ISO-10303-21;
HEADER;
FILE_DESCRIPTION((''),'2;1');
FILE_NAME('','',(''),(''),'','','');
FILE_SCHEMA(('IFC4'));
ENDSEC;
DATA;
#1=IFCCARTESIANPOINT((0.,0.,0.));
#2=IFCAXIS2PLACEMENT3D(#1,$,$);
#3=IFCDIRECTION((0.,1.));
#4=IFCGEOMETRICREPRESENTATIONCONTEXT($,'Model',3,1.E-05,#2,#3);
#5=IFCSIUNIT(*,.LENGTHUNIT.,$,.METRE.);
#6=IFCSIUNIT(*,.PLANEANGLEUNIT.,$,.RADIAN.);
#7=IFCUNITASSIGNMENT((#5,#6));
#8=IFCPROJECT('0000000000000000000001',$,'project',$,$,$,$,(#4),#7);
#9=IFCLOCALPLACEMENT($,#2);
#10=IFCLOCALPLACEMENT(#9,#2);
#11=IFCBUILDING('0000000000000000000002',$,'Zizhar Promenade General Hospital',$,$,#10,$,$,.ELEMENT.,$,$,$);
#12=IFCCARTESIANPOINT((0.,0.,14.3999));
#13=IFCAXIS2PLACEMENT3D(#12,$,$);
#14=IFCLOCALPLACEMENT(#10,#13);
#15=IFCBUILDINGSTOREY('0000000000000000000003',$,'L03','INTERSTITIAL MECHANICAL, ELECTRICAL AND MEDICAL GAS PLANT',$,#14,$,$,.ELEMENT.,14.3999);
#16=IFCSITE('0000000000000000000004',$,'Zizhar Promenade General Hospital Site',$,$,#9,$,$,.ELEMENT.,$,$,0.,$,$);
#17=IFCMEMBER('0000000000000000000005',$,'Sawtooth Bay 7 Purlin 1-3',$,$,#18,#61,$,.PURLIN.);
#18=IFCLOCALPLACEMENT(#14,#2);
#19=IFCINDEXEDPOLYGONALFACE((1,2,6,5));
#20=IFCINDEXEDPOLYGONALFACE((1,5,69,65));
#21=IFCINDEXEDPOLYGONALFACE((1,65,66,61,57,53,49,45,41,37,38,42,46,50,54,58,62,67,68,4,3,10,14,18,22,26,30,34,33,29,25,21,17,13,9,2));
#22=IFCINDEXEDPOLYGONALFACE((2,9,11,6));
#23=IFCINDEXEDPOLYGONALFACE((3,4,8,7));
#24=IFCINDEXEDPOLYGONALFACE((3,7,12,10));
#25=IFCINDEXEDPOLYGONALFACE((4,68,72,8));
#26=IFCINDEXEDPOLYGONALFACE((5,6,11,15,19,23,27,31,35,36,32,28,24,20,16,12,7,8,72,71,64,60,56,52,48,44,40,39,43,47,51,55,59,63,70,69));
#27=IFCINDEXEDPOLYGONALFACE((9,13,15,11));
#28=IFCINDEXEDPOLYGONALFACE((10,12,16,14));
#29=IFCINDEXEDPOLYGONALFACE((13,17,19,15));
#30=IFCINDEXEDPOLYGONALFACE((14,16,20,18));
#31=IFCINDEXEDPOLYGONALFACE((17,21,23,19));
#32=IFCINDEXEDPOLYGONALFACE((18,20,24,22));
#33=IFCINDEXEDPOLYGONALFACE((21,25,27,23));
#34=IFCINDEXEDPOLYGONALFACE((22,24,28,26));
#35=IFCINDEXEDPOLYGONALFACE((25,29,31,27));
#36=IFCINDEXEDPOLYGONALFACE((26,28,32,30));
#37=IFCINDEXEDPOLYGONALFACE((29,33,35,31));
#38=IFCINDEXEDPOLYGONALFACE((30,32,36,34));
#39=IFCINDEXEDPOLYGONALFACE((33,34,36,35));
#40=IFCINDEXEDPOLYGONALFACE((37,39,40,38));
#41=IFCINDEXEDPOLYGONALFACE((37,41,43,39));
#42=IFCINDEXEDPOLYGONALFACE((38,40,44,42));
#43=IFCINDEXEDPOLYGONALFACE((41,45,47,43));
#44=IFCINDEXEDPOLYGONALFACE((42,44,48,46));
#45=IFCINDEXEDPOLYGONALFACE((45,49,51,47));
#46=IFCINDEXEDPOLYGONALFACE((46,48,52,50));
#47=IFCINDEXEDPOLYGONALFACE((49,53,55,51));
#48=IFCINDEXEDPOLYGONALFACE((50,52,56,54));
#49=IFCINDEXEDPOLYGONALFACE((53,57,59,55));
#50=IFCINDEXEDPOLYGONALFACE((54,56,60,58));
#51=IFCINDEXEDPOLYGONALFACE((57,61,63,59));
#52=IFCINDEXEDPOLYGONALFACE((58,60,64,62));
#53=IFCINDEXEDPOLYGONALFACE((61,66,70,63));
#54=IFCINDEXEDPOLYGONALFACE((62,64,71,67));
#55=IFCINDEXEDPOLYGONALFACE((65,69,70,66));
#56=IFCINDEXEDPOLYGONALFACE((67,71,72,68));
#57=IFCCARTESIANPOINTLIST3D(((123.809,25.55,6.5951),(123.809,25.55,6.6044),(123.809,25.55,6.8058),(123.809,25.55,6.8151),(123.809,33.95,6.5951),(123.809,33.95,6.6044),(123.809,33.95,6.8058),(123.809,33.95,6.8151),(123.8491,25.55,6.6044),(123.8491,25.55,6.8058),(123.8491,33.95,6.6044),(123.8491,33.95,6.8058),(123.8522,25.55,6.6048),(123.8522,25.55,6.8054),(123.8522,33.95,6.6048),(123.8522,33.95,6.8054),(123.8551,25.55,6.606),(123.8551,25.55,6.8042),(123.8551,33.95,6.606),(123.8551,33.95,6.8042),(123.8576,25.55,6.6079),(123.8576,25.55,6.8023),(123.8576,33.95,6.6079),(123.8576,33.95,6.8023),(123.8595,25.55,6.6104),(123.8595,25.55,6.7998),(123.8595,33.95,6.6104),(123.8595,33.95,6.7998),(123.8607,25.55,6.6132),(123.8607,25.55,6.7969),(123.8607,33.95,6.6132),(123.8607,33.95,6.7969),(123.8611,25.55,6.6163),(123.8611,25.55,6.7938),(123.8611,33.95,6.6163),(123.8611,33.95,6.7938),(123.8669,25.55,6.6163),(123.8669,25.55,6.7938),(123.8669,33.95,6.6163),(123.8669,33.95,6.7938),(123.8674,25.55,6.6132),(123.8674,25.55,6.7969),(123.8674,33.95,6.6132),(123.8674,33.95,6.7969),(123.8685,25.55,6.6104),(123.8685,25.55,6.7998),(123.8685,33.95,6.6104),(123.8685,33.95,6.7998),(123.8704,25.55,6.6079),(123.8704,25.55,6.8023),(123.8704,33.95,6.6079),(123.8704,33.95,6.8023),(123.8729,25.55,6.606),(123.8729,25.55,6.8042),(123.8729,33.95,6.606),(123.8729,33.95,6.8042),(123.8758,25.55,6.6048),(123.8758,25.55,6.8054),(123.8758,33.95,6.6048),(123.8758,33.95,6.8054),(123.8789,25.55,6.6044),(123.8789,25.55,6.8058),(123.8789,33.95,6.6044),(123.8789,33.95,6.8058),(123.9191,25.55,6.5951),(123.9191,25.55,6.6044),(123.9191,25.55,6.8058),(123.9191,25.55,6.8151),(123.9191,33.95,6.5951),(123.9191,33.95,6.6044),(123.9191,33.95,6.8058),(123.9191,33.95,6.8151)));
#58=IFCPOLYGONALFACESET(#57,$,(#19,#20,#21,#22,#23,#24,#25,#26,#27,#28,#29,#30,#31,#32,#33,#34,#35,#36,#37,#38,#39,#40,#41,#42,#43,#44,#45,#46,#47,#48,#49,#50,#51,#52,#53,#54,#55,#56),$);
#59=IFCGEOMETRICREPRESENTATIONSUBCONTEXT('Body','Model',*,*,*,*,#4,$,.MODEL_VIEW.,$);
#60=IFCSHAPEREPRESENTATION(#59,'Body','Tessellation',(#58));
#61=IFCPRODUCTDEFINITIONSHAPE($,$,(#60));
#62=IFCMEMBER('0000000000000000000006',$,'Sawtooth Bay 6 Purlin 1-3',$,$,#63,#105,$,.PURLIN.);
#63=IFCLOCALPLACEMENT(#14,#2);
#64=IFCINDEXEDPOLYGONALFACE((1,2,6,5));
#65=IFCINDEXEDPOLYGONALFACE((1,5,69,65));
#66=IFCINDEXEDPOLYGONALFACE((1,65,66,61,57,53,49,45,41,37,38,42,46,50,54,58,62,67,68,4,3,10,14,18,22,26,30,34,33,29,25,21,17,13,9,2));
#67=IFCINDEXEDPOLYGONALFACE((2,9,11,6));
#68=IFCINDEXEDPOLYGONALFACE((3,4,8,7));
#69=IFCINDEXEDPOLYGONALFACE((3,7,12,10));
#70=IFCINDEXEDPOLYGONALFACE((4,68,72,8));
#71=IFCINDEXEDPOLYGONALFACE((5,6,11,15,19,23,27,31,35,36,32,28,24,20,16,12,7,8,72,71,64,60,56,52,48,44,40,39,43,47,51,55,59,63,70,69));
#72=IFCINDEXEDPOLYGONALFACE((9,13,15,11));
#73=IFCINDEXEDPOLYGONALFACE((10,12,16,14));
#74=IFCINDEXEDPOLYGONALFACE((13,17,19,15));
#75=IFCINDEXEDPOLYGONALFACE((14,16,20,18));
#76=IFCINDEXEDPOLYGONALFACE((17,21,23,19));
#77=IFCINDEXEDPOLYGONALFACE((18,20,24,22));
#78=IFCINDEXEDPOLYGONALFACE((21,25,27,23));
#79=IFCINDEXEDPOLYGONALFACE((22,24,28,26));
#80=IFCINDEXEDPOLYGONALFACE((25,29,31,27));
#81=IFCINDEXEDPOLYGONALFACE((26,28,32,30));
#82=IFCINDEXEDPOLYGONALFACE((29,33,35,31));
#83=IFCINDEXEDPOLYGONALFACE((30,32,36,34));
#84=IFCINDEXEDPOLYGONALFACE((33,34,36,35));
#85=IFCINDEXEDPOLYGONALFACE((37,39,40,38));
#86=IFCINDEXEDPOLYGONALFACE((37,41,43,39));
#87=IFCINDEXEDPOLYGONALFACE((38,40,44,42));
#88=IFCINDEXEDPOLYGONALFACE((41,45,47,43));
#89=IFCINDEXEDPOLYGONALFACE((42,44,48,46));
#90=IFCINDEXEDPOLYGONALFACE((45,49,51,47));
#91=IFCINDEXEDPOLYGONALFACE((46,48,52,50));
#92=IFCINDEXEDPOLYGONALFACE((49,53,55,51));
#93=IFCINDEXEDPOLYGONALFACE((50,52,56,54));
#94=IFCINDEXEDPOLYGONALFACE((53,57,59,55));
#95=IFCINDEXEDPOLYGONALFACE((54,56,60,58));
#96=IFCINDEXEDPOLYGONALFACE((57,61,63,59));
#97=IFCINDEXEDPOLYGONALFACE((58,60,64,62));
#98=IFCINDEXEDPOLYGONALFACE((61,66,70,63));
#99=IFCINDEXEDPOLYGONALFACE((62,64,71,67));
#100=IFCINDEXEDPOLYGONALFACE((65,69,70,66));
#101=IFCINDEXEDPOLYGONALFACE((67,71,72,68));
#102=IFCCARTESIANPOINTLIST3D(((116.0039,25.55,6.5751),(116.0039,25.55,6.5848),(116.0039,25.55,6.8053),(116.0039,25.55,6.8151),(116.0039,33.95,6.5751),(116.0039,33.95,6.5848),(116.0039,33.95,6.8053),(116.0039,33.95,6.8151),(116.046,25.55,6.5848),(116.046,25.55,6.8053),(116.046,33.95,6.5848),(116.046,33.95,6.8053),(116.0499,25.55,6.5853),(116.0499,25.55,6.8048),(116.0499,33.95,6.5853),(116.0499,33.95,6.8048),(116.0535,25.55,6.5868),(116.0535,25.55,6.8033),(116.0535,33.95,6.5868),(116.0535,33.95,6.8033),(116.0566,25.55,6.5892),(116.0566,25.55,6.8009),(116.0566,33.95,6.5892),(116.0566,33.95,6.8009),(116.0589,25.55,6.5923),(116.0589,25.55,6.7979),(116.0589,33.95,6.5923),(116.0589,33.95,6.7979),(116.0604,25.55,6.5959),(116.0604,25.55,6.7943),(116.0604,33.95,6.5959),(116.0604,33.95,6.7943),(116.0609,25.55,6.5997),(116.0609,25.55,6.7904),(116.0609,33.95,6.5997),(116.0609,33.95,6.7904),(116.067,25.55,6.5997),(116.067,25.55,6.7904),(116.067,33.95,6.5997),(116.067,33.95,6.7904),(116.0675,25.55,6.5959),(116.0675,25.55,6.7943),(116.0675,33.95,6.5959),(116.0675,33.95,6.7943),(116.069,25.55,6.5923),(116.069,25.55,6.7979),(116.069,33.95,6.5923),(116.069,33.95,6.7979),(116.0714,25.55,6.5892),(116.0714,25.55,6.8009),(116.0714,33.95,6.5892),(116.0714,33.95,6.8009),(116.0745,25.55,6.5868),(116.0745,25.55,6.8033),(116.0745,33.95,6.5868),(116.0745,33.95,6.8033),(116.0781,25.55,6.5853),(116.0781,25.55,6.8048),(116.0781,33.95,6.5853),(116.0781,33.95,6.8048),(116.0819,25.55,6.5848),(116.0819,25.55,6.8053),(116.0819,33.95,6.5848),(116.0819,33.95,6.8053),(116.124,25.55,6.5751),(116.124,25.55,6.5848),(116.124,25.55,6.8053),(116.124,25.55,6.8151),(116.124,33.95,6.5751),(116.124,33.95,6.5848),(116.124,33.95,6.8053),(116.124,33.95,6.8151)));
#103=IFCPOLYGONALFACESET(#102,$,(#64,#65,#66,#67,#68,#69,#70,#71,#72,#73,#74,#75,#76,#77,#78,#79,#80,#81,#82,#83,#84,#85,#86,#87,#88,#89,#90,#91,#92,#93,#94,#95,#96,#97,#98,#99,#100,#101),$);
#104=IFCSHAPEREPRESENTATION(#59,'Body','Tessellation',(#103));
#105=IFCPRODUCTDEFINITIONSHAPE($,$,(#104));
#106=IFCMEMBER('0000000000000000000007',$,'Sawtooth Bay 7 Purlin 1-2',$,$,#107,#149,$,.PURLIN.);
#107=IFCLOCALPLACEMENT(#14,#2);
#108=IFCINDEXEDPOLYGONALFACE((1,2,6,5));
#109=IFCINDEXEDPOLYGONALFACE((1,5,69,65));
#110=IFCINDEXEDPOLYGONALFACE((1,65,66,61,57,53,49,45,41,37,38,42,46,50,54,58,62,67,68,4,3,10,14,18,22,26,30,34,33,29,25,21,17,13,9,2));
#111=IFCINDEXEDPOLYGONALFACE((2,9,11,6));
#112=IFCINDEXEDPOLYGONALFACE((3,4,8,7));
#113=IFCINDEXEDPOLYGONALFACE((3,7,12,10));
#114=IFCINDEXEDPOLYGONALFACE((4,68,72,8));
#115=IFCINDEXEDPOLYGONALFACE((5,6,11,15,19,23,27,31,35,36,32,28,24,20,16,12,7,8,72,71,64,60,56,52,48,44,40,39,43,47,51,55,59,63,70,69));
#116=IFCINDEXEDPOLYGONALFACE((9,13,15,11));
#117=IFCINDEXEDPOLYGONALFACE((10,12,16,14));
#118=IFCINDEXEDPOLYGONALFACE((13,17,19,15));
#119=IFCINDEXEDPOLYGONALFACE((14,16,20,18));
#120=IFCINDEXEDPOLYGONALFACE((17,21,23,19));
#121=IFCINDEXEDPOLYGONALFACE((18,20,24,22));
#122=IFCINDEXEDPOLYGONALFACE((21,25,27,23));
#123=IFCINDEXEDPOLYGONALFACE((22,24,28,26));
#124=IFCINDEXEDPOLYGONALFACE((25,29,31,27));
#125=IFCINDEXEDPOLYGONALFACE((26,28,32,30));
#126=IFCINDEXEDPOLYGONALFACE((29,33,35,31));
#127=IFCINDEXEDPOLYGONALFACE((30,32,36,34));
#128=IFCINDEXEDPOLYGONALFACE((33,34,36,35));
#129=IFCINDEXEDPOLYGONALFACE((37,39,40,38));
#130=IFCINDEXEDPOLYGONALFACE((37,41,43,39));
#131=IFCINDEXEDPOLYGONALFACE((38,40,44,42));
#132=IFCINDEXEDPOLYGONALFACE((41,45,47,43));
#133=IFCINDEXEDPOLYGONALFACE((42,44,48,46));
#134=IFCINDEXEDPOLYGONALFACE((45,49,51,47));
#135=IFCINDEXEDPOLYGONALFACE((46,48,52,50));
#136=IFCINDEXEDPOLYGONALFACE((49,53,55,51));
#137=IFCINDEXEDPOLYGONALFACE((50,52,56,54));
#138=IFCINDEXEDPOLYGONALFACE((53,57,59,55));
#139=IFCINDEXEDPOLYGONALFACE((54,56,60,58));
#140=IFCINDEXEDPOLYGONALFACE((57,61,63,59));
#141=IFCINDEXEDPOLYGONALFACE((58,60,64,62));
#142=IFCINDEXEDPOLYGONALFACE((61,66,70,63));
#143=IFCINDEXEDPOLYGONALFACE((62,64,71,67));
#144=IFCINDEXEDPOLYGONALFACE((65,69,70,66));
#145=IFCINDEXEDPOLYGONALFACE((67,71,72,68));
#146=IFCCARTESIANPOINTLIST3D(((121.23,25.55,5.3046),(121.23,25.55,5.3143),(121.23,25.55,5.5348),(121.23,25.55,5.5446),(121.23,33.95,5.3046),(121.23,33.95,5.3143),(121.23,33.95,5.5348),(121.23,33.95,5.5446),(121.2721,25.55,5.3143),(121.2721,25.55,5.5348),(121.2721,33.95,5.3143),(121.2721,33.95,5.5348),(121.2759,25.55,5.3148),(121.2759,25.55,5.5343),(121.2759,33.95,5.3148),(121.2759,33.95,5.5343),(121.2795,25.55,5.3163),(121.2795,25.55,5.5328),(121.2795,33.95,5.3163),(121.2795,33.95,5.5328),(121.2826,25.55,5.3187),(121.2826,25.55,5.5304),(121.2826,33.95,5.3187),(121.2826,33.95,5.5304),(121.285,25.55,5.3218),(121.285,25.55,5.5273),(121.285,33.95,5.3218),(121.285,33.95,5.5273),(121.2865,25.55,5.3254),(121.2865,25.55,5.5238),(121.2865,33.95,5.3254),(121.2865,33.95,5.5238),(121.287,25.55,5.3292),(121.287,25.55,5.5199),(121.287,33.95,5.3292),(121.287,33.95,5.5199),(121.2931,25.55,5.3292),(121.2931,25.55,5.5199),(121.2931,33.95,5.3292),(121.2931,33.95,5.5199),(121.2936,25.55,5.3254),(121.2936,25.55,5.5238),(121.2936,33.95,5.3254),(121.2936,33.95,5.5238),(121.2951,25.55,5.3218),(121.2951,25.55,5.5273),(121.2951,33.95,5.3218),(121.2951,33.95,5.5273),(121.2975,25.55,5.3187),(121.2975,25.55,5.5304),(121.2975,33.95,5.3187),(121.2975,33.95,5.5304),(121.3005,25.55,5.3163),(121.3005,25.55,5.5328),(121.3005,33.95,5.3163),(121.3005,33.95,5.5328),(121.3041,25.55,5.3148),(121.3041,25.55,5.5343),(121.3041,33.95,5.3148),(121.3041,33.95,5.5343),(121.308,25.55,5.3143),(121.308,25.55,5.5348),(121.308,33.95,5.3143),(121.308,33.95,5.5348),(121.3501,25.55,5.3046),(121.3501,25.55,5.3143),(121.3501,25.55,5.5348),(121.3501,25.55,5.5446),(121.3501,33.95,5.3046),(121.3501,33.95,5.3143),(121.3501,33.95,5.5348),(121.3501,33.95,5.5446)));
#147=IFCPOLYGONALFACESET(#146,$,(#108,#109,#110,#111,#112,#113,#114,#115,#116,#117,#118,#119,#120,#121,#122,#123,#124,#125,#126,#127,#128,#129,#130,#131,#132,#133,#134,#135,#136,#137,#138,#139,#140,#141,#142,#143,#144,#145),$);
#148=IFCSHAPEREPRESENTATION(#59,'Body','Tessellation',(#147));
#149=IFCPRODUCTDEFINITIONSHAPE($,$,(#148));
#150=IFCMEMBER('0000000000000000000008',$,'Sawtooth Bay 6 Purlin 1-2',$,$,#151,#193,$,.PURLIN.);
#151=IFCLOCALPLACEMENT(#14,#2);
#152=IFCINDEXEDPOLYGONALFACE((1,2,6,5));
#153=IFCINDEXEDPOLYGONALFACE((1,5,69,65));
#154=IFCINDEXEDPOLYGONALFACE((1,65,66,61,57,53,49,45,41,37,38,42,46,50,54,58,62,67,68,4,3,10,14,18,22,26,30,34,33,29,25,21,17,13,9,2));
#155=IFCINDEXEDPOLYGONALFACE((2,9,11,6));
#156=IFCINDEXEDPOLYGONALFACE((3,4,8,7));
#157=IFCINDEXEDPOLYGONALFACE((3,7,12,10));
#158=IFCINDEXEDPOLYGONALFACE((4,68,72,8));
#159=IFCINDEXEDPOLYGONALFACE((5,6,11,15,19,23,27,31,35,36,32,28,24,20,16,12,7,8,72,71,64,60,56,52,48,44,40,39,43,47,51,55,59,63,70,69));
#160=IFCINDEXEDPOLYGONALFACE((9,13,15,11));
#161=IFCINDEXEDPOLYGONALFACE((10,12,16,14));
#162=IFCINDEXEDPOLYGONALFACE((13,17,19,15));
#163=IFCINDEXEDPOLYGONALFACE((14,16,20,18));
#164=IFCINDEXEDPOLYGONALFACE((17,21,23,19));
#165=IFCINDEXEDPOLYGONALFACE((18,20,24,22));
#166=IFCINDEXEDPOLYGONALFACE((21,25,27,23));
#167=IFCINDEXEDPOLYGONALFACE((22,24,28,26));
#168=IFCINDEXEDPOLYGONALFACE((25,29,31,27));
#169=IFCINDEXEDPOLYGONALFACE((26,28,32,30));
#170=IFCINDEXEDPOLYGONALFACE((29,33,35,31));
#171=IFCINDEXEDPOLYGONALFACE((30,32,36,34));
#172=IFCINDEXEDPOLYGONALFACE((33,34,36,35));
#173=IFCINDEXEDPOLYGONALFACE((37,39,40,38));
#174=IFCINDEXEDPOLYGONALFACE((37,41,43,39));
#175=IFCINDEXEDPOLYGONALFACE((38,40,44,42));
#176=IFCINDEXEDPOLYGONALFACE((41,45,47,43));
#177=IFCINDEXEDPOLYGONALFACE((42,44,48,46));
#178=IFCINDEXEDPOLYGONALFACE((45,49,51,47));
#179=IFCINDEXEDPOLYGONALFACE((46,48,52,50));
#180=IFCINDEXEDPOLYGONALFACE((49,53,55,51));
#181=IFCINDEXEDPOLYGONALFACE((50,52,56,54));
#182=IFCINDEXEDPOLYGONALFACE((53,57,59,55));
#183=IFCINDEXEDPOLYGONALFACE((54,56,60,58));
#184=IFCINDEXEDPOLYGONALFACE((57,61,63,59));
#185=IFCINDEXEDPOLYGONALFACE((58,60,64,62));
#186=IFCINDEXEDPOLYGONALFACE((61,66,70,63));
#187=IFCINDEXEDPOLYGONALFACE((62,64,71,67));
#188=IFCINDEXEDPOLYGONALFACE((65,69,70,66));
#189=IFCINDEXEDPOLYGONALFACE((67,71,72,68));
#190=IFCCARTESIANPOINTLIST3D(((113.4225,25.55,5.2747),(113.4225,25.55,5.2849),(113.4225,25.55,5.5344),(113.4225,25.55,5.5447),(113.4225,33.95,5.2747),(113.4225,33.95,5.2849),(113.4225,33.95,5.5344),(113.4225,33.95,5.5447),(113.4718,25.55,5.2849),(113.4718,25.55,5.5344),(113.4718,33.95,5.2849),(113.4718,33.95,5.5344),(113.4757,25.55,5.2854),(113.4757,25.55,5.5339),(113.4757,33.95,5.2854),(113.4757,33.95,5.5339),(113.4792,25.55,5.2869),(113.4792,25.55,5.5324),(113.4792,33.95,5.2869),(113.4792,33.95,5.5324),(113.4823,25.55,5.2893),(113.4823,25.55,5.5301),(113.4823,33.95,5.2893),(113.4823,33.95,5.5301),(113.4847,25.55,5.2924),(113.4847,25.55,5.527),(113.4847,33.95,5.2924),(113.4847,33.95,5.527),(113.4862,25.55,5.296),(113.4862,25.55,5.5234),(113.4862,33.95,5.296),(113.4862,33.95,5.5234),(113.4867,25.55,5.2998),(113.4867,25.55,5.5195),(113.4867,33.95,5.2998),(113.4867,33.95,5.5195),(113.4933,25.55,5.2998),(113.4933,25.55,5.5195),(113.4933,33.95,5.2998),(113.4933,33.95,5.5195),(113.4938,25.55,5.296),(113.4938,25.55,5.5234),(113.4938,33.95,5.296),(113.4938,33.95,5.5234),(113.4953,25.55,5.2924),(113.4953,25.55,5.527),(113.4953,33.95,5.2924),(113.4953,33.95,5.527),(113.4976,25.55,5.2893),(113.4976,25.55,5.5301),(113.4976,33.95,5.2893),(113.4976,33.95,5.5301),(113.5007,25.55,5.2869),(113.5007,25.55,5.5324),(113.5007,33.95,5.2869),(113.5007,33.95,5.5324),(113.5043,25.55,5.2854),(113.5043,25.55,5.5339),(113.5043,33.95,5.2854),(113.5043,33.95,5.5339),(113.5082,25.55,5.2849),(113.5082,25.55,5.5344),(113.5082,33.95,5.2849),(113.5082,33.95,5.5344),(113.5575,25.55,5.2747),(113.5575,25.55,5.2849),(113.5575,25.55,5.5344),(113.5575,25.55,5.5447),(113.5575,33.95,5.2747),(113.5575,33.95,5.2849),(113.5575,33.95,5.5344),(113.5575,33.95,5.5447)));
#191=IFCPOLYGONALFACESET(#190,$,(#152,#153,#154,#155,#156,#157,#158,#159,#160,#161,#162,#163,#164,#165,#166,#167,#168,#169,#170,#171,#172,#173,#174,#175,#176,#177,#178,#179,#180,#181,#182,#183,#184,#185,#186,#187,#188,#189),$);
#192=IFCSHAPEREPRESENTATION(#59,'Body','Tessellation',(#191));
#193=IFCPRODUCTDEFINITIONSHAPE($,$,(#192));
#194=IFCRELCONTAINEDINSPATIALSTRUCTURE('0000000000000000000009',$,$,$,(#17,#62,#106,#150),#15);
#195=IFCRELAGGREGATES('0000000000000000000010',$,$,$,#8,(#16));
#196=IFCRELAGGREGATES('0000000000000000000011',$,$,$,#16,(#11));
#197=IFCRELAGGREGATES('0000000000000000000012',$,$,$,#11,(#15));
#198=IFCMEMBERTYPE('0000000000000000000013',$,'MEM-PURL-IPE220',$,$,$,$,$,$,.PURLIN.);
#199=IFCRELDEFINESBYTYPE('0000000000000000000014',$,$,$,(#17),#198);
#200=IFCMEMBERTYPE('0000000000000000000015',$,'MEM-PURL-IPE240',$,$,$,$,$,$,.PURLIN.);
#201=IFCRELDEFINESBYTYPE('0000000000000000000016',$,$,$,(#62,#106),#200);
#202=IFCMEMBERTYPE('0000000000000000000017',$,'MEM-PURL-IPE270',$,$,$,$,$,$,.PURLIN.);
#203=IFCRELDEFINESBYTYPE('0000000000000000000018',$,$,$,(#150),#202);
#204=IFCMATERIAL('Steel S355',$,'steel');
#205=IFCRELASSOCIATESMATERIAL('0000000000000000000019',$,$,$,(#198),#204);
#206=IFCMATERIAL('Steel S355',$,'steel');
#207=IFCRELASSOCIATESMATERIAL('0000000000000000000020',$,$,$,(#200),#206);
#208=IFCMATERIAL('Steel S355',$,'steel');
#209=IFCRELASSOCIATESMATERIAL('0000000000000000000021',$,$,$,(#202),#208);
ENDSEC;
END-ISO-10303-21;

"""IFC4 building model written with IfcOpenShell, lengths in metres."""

from ifc_helpers import new_model, si_unit, direction, frame, origin, origin_2d, place, context, subcontext, project, spatial, i_section, extrude, material, material_profile, profile_set, type_object, element, save


model = new_model("IFC4")

# Units and contexts
model_context = context("Model", 3, precision=1e-05, world=origin(), true_north=direction((0.0, 1.0)))
body_context = subcontext(model_context, "Body", "Model", "MODEL_VIEW")
ifc_project = project(units=[si_unit("LENGTHUNIT", "METRE"), si_unit("PLANEANGLEUNIT", "RADIAN")], contexts=[model_context])

# Site, building, storey
site_placement = place(None, origin())
site = spatial("IfcSite", under=ifc_project, at=site_placement, Name="Zizhar Promenade General Hospital Site", CompositionType="ELEMENT", RefElevation=0.0)
building_placement = place(site_placement, origin())
building = spatial("IfcBuilding", under=site, at=building_placement, Name="Zizhar Promenade General Hospital", CompositionType="ELEMENT")
storey_placement = place(building_placement, frame((0.0, 0.0, 14.3999)))
storey = spatial("IfcBuildingStorey", under=building, at=storey_placement, Name="L03", Description="INTERSTITIAL MECHANICAL, ELECTRICAL AND MEDICAL GAS PLANT", CompositionType="ELEMENT", Elevation=14.3999)

# Members
ifc_material_1 = material(Name="Steel S355", Category="steel")
ifc_material_profile_1 = material_profile(ifc_material_1, i_section(OverallWidth=0.1101, OverallDepth=0.22, WebThickness=0.0059, FlangeThickness=0.0093, FilletRadius=0.012, at=origin_2d()))
ifc_profile_set_1 = profile_set([ifc_material_profile_1], Name="Steel S355")
member_type_1 = type_object("IfcMemberType", Name="MEM-PURL-IPE220", PredefinedType="PURLIN", material=ifc_profile_set_1)
member_1_placement = place(storey_placement, frame((123.864, 25.55, 6.7051), z_axis=(0.0, 1.0, 0.0), x_axis=(-1.0, 0.0, 0.0)))
element("IfcMember", 1, at=member_1_placement, inside=storey, type_object=member_type_1, Name="Sawtooth Bay 7 Purlin 1-3", PredefinedType="PURLIN", context=body_context, shape_type="SweptSolid", body=[
    extrude(i_section(OverallWidth=0.1101, OverallDepth=0.22, WebThickness=0.0059, FlangeThickness=0.0093, FilletRadius=0.012, at=origin_2d()), origin(), (0.0, 0.0, 1.0), 8.3999),
])
ifc_material_2 = material(Name="Steel S355", Category="steel")
ifc_material_profile_2 = material_profile(ifc_material_2, i_section(OverallWidth=0.1201, OverallDepth=0.24, WebThickness=0.0061, FlangeThickness=0.0098, FilletRadius=0.0149, at=origin_2d()))
ifc_profile_set_2 = profile_set([ifc_material_profile_2], Name="Steel S355")
member_type_2 = type_object("IfcMemberType", Name="MEM-PURL-IPE240", PredefinedType="PURLIN", material=ifc_profile_set_2)
for number, where, z_axis, x_axis, name in (
    (2, (116.064, 25.55, 6.6951), (0.0, 1.0, 0.0), (-1.0, 0.0, 0.0), "Sawtooth Bay 6 Purlin 1-3"),
    (3, (121.29, 25.55, 5.4246), (0.0, 1.0, 0.0), (-1.0, 0.0, 0.0), "Sawtooth Bay 7 Purlin 1-2"),
):
    element("IfcMember", number, at=place(storey_placement, frame(where, z_axis=z_axis, x_axis=x_axis)), inside=storey, type_object=member_type_2, Name=name, PredefinedType="PURLIN", context=body_context, shape_type="SweptSolid", body=[
        extrude(i_section(OverallWidth=0.1201, OverallDepth=0.24, WebThickness=0.0061, FlangeThickness=0.0098, FilletRadius=0.0149, at=origin_2d()), origin(), (0.0, 0.0, 1.0), 8.3999),
    ])
ifc_material_3 = material(Name="Steel S355", Category="steel")
ifc_material_profile_3 = material_profile(ifc_material_3, i_section(OverallWidth=0.135, OverallDepth=0.27, WebThickness=0.0066, FlangeThickness=0.0103, FilletRadius=0.0149, at=origin_2d()))
ifc_profile_set_3 = profile_set([ifc_material_profile_3], Name="Steel S355")
member_type_3 = type_object("IfcMemberType", Name="MEM-PURL-IPE270", PredefinedType="PURLIN", material=ifc_profile_set_3)
for number, where, z_axis, x_axis, name in (
    (4, (113.49, 25.55, 5.4097), (0.0, 1.0, 0.0), (-1.0, 0.0, 0.0), "Sawtooth Bay 6 Purlin 1-2"),
):
    element("IfcMember", number, at=place(storey_placement, frame(where, z_axis=z_axis, x_axis=x_axis)), inside=storey, type_object=member_type_3, Name=name, PredefinedType="PURLIN", context=body_context, shape_type="SweptSolid", body=[
        extrude(i_section(OverallWidth=0.135, OverallDepth=0.27, WebThickness=0.0066, FlangeThickness=0.0103, FilletRadius=0.0149, at=origin_2d()), origin(), (0.0, 0.0, 1.0), 8.3999),
    ])

save(model, "model.ifc")
